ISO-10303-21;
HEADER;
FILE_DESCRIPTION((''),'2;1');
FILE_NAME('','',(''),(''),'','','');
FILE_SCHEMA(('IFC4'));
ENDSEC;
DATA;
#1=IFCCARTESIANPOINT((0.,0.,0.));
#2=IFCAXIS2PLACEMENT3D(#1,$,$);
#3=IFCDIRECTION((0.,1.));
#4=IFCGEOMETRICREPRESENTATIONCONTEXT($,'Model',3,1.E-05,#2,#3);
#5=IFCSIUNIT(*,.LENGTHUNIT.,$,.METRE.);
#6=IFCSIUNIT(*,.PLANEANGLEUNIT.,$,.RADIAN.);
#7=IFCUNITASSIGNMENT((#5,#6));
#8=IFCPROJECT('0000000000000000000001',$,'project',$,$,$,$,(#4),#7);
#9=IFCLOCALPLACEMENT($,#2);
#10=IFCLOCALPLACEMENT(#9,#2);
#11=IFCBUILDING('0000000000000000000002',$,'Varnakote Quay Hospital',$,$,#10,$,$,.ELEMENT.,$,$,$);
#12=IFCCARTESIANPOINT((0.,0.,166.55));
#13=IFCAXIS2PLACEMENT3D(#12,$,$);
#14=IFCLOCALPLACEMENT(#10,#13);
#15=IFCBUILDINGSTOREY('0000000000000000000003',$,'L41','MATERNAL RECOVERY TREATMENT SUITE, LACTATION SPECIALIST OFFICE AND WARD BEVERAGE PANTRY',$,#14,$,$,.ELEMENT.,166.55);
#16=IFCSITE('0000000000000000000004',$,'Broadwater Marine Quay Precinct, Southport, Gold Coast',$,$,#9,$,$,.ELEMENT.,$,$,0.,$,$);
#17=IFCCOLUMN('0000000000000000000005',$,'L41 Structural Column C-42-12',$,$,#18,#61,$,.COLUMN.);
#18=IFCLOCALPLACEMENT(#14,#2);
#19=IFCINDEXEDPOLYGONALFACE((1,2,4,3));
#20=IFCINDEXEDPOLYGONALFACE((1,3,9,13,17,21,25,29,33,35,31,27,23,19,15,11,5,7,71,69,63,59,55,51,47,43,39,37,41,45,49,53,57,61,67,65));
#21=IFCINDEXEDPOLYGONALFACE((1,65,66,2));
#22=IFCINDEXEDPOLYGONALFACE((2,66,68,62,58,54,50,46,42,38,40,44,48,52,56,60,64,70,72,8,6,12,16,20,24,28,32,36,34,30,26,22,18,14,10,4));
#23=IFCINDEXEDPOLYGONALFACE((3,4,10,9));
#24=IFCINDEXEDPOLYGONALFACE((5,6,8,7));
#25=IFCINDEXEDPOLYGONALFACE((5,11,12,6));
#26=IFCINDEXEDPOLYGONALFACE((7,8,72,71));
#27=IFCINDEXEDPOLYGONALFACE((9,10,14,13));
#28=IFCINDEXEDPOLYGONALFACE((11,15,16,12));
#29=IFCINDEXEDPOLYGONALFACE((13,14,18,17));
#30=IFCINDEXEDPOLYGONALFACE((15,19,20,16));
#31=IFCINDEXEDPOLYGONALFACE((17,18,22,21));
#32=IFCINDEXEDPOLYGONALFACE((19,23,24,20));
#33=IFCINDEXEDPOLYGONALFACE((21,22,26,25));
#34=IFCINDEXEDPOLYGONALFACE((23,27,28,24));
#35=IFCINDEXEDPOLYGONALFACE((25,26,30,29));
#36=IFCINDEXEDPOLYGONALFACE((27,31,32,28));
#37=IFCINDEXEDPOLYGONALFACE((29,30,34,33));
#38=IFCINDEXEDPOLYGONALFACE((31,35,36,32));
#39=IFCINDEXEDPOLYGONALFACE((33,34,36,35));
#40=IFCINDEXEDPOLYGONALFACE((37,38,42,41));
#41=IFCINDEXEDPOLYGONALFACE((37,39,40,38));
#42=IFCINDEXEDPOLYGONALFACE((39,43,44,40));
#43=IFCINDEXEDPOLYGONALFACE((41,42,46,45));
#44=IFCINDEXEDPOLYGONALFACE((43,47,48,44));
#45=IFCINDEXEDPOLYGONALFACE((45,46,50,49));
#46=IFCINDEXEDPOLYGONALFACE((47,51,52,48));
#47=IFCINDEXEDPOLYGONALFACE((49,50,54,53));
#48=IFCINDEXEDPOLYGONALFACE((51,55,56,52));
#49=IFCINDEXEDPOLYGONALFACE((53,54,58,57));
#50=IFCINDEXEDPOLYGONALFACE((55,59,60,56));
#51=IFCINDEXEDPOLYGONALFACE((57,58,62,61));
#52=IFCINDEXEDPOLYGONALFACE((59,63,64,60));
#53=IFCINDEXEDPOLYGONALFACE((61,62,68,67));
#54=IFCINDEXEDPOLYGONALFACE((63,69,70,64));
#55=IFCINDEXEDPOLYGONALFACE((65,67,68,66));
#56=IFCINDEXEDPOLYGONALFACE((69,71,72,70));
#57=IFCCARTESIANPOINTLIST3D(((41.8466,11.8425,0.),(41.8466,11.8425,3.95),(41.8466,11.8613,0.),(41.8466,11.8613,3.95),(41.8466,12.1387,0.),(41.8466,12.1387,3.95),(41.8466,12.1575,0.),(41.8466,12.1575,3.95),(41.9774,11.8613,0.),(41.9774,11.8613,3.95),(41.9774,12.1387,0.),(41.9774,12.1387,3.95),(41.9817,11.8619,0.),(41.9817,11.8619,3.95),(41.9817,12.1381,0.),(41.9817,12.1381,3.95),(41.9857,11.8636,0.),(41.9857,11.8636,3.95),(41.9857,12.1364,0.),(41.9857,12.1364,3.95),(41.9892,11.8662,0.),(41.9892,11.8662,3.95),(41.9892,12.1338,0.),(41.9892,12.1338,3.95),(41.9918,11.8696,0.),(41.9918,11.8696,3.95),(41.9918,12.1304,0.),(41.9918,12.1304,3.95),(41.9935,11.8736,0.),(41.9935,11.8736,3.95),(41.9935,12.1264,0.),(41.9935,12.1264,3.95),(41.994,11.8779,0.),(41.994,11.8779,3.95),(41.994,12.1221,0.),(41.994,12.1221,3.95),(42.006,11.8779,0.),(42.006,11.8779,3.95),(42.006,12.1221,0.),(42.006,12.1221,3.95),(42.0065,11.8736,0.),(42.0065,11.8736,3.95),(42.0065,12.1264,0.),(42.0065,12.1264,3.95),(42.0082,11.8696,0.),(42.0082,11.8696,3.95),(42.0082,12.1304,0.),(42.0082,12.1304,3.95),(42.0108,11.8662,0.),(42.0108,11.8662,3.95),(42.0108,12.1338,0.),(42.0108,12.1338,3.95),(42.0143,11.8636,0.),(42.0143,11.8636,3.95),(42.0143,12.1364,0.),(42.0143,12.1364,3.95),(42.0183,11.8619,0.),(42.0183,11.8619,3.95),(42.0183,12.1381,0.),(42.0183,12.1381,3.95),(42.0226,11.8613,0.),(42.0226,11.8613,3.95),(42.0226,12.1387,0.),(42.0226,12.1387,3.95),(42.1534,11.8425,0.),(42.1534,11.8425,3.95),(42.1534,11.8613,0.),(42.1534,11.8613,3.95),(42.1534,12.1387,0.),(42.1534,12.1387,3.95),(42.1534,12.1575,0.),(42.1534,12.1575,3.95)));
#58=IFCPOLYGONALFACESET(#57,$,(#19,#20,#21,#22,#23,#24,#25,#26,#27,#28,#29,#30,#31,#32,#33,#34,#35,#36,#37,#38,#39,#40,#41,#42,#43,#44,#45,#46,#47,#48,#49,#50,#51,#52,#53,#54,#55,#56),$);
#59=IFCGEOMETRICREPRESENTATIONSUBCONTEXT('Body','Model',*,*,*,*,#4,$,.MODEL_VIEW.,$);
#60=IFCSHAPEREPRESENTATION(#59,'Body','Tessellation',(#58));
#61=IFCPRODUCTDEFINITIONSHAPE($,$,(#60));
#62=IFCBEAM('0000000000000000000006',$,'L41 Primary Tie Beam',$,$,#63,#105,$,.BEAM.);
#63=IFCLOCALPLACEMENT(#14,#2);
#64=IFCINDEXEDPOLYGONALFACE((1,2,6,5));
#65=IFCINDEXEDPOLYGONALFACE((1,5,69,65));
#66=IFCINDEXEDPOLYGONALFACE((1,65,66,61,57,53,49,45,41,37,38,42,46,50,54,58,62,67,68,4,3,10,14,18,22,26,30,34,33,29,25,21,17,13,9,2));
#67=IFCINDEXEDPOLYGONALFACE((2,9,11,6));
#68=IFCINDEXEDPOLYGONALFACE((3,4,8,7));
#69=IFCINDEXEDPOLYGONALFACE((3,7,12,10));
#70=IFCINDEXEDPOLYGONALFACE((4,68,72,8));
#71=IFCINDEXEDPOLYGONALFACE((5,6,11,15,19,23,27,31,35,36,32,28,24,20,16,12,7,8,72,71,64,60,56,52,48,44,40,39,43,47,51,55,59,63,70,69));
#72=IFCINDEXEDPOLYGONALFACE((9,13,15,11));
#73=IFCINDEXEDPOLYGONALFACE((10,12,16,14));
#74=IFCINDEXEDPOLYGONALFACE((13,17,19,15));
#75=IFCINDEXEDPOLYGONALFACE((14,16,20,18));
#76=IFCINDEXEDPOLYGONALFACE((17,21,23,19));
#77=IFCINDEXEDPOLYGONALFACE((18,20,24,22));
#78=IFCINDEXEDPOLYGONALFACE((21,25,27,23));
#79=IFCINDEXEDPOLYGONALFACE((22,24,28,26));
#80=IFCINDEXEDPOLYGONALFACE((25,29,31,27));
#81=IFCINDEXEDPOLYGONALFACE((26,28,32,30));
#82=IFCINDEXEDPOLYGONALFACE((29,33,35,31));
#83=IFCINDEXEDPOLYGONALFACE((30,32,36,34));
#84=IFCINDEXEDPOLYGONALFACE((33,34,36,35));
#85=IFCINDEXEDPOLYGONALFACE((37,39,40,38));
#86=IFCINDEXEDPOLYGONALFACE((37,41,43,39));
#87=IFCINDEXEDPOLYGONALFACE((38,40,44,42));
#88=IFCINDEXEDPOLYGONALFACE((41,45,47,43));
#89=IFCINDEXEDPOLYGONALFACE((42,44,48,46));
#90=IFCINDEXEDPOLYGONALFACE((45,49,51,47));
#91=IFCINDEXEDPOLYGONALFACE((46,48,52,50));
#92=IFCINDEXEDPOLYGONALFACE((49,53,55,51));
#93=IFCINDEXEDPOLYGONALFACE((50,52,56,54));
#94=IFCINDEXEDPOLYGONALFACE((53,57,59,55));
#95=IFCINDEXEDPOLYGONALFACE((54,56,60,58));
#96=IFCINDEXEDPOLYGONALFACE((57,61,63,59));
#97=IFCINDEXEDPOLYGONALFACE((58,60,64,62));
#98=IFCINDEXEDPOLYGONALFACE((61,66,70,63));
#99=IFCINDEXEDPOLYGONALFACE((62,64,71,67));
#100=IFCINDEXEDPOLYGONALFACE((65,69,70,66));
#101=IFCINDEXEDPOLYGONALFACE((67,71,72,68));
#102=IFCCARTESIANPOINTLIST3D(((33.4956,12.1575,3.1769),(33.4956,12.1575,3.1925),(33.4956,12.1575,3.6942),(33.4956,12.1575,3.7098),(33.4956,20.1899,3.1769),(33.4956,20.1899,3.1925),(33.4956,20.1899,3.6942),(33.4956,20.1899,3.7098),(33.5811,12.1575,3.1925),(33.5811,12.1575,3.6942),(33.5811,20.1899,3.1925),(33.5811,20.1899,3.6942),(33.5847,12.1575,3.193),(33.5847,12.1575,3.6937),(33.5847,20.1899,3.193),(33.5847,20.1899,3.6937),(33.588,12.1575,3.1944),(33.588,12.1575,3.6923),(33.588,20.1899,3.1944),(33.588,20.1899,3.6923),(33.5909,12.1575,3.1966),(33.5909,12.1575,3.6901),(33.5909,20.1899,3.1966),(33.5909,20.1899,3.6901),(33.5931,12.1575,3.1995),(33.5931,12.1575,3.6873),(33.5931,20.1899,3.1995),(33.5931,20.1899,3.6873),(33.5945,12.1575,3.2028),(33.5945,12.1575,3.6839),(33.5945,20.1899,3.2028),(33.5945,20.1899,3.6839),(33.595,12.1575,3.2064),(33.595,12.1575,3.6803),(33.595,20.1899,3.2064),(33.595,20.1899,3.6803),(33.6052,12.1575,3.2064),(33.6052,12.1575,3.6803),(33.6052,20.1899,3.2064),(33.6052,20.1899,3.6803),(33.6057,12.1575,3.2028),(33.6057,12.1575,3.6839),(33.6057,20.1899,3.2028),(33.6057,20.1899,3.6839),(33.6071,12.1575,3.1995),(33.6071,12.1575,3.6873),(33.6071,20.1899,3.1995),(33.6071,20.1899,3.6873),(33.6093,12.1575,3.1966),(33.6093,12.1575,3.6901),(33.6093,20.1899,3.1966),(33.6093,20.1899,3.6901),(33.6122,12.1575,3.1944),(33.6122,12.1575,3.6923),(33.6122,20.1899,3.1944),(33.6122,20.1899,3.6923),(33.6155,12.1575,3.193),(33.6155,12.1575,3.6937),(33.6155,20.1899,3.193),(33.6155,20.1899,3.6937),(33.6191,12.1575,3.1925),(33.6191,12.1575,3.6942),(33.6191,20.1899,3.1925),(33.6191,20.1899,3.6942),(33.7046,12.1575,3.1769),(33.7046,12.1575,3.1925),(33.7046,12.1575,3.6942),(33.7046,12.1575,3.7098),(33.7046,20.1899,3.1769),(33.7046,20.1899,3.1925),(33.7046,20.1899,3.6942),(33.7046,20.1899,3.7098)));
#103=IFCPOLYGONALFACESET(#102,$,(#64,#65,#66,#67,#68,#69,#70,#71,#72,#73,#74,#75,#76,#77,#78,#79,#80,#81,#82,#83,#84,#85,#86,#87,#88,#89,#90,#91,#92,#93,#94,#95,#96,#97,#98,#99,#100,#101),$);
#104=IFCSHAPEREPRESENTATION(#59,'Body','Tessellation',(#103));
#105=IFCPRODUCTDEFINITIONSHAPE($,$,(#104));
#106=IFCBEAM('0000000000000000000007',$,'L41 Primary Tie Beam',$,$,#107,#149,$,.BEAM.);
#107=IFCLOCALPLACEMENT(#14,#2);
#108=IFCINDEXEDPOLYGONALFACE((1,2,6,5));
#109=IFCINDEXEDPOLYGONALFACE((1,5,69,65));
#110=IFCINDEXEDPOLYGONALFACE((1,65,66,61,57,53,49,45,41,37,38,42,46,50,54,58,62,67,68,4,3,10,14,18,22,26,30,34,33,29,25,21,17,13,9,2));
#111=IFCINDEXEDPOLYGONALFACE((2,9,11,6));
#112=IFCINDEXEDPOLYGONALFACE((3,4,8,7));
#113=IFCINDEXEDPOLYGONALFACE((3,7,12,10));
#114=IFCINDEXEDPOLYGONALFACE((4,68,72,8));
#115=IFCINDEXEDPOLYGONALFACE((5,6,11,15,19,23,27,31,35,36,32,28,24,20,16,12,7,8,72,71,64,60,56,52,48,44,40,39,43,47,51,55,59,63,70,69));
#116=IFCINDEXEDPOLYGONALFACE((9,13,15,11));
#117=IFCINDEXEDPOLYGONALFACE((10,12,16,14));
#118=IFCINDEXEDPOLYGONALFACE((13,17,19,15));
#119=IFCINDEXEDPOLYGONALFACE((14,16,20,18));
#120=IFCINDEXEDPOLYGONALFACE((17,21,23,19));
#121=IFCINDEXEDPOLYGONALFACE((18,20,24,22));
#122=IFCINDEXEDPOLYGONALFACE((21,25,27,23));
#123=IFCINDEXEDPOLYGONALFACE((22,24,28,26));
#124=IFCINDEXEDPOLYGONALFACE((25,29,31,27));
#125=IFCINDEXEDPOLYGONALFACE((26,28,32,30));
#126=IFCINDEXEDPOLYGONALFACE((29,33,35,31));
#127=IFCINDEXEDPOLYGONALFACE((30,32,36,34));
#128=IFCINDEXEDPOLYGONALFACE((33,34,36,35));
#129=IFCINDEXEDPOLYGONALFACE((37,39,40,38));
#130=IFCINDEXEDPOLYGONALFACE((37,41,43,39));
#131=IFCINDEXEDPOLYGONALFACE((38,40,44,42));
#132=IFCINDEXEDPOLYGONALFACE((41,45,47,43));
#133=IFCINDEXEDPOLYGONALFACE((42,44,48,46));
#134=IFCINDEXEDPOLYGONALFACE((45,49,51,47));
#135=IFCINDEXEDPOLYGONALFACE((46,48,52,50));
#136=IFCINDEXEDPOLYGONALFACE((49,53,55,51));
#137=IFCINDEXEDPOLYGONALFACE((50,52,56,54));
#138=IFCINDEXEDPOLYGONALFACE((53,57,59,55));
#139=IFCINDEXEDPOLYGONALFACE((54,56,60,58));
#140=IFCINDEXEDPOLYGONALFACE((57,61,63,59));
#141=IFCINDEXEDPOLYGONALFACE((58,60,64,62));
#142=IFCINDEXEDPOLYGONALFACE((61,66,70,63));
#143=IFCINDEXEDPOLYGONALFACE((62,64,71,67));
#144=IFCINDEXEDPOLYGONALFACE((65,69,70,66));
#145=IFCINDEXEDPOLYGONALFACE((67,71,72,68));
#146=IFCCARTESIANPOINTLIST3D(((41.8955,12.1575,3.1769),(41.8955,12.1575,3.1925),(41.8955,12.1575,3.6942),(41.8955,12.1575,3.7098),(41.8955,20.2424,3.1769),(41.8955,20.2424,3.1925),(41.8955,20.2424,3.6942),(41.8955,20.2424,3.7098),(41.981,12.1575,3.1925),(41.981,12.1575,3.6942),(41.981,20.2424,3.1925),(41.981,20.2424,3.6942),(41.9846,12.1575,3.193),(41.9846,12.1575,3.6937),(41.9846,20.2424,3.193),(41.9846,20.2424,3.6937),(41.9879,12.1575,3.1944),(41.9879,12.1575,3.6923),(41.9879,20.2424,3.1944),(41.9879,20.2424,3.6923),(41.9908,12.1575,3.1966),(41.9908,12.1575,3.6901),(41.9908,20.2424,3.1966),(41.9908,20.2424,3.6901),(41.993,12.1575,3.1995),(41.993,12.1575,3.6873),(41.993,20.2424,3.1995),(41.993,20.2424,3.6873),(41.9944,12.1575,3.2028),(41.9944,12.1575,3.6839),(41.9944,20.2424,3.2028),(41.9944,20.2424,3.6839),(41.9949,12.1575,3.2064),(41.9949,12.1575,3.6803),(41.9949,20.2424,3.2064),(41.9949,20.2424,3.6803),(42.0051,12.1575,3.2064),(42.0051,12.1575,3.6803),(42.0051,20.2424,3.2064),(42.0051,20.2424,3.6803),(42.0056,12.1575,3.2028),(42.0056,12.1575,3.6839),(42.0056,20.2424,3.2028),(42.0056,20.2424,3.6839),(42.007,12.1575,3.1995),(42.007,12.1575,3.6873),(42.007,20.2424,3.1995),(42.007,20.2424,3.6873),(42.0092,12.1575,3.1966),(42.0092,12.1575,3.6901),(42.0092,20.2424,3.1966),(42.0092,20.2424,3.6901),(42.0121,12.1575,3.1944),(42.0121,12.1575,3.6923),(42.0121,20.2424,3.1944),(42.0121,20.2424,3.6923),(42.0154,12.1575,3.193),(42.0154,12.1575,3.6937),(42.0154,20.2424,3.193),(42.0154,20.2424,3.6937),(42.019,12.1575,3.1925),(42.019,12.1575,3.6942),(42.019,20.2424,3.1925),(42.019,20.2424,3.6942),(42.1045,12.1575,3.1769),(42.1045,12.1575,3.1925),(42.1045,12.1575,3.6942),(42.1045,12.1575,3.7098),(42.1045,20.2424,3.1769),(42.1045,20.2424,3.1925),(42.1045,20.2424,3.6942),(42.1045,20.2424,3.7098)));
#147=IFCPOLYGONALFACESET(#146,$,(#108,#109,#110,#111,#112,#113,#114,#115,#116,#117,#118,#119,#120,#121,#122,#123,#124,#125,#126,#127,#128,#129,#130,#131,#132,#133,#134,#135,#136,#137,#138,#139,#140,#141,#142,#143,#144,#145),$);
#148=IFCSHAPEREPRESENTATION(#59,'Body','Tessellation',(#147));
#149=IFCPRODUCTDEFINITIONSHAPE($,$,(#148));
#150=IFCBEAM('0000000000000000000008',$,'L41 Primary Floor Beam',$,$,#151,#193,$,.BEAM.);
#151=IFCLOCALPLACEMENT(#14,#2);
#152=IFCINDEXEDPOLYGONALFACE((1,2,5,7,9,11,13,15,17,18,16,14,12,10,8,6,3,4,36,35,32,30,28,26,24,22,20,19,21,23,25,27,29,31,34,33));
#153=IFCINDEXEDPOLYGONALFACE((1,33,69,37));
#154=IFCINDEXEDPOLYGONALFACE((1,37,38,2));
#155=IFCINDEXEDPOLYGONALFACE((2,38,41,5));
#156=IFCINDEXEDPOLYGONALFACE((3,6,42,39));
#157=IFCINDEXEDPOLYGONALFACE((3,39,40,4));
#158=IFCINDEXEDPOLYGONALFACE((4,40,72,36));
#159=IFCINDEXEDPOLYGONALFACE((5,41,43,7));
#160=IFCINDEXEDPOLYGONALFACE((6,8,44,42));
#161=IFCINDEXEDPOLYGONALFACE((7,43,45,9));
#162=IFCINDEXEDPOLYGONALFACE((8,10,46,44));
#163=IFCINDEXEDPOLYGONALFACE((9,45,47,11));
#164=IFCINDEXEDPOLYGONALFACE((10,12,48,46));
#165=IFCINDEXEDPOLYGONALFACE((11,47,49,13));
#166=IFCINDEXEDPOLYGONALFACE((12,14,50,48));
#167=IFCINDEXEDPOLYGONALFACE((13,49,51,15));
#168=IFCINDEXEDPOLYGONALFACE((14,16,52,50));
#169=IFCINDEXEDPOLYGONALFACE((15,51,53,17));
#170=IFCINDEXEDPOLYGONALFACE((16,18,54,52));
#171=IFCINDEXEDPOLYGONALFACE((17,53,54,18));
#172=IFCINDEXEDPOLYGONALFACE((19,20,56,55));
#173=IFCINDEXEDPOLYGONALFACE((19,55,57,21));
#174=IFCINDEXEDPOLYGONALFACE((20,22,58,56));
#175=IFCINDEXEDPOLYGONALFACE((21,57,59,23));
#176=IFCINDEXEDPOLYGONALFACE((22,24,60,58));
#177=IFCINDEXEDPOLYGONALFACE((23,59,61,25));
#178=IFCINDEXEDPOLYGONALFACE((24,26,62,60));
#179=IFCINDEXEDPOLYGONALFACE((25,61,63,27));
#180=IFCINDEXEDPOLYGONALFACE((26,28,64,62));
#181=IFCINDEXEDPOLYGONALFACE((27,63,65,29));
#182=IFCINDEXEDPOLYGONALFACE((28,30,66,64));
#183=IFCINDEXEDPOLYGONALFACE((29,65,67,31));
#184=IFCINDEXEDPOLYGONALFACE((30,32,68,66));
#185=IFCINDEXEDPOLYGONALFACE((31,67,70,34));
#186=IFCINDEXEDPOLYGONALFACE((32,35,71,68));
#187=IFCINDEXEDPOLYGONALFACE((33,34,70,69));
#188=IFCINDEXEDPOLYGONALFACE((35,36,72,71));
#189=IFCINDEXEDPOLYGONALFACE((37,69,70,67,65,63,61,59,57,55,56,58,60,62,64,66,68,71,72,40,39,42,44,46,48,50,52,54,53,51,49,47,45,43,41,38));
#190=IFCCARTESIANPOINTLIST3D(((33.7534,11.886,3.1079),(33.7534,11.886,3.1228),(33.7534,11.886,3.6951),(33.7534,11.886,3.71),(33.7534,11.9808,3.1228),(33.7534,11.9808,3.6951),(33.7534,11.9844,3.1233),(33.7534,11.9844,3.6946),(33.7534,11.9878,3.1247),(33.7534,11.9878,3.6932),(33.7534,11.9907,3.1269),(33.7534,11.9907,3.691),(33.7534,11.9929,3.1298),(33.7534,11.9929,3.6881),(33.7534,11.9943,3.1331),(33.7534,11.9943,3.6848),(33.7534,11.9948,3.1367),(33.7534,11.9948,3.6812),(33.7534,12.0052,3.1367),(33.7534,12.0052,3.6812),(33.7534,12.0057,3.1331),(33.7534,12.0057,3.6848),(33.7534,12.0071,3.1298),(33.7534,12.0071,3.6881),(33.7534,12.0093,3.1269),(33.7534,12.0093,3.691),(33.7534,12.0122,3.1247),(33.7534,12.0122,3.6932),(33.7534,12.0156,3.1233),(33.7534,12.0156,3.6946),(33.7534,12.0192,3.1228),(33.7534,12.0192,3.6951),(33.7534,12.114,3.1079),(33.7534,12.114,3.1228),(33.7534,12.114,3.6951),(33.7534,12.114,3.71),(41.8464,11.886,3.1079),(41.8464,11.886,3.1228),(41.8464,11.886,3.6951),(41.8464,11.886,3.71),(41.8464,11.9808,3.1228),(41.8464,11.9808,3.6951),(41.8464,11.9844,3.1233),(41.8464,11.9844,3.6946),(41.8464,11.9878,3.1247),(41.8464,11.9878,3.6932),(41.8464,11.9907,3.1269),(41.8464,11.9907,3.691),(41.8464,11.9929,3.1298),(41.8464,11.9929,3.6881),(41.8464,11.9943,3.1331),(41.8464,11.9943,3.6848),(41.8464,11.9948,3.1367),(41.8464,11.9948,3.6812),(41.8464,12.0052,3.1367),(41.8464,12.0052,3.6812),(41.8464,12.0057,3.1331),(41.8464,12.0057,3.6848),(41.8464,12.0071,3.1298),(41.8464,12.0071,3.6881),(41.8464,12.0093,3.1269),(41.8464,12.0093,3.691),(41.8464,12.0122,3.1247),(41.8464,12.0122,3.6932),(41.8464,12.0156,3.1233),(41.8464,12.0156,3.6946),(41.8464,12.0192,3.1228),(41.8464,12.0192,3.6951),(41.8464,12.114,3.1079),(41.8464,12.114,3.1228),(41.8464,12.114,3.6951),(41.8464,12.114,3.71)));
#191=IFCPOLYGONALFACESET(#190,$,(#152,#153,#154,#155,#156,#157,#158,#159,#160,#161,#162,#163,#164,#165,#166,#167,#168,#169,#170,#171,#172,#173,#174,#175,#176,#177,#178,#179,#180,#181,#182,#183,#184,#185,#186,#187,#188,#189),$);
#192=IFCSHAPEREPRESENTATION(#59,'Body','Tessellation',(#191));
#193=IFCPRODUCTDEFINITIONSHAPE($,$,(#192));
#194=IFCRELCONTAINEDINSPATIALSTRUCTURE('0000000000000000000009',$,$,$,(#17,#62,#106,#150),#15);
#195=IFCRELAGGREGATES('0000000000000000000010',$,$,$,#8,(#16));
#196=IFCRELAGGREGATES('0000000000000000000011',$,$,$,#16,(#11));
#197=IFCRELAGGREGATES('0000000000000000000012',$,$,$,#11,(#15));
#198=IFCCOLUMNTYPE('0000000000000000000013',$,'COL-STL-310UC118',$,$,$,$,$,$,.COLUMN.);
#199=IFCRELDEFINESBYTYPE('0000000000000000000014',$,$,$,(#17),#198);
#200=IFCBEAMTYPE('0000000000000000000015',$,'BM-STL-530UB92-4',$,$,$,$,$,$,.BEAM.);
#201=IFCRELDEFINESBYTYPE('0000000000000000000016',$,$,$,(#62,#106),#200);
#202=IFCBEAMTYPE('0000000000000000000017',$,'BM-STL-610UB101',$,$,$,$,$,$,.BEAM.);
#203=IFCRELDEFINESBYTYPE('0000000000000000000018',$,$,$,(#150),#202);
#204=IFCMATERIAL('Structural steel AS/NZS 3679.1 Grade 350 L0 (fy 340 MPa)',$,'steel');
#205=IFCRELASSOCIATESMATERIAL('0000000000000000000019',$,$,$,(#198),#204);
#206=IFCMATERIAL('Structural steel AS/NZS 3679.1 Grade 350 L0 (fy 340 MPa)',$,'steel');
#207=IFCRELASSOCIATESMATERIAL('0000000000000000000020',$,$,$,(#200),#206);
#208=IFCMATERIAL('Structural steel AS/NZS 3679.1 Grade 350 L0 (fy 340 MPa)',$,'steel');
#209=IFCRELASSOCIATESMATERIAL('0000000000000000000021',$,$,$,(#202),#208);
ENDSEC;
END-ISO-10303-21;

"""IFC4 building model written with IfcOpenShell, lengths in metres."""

from ifc_helpers import new_model, si_unit, direction, frame, origin, origin_2d, place, context, subcontext, project, spatial, i_section, extrude, material, material_profile, profile_set, type_object, element, save


model = new_model("IFC4")

# Units and contexts
model_context = context("Model", 3, precision=1e-05, world=origin(), true_north=direction((0.0, 1.0)))
body_context = subcontext(model_context, "Body", "Model", "MODEL_VIEW")
ifc_project = project(units=[si_unit("LENGTHUNIT", "METRE"), si_unit("PLANEANGLEUNIT", "RADIAN")], contexts=[model_context])

# Site, building, storey
site_placement = place(None, origin())
site = spatial("IfcSite", under=ifc_project, at=site_placement, Name="Broadwater Marine Quay Precinct, Southport, Gold Coast", CompositionType="ELEMENT", RefElevation=0.0)
building_placement = place(site_placement, origin())
building = spatial("IfcBuilding", under=site, at=building_placement, Name="Varnakote Quay Hospital", CompositionType="ELEMENT")
storey_placement = place(building_placement, frame((0.0, 0.0, 166.55)))
storey = spatial("IfcBuildingStorey", under=building, at=storey_placement, Name="L41", Description="MATERNAL RECOVERY TREATMENT SUITE, LACTATION SPECIALIST OFFICE AND WARD BEVERAGE PANTRY", CompositionType="ELEMENT", Elevation=166.55)

# Column
ifc_material_1 = material(Name="Structural steel AS/NZS 3679.1 Grade 350 L0 (fy 340 MPa)", Category="steel")
ifc_material_profile_1 = material_profile(ifc_material_1, i_section(OverallWidth=0.3069, OverallDepth=0.3149, WebThickness=0.012, FlangeThickness=0.0188, FilletRadius=0.0166, at=origin_2d()), Name="310UC118")
ifc_profile_set_1 = profile_set([ifc_material_profile_1], Name="Structural steel AS/NZS 3679.1 Grade 350 L0 (fy 340 MPa)")
column_type = type_object("IfcColumnType", Name="COL-STL-310UC118", PredefinedType="COLUMN", material=ifc_profile_set_1)
column_placement = place(storey_placement, frame((42.0, 12.0, 0.0), z_axis=(0.0, 0.0, 1.0), x_axis=(1.0, 0.0, 0.0)))
element("IfcColumn", 1, at=column_placement, inside=storey, type_object=column_type, Name="L41 Structural Column C-42-12", PredefinedType="COLUMN", context=body_context, shape_type="SweptSolid", body=[
    extrude(i_section(OverallWidth=0.3069, OverallDepth=0.3149, WebThickness=0.012, FlangeThickness=0.0188, FilletRadius=0.0166, at=origin_2d()), origin(), (0.0, 0.0, 1.0), 3.95),
])

# Beams
ifc_material_2 = material(Name="Structural steel AS/NZS 3679.1 Grade 350 L0 (fy 340 MPa)", Category="steel")
ifc_material_profile_2 = material_profile(ifc_material_2, i_section(OverallWidth=0.209, OverallDepth=0.533, WebThickness=0.0103, FlangeThickness=0.0156, FilletRadius=0.0139, at=origin_2d()), Name="530UB92.4")
ifc_profile_set_2 = profile_set([ifc_material_profile_2], Name="Structural steel AS/NZS 3679.1 Grade 350 L0 (fy 340 MPa)")
beam_type_1 = type_object("IfcBeamType", Name="BM-STL-530UB92-4", PredefinedType="BEAM", material=ifc_profile_set_2)
beam_1_placement = place(storey_placement, frame((33.6001, 12.1575, 3.4434), z_axis=(0.0, 1.0, 0.0), x_axis=(-1.0, 0.0, 0.0)))
element("IfcBeam", 2, at=beam_1_placement, inside=storey, type_object=beam_type_1, Name="L41 Primary Tie Beam", PredefinedType="BEAM", context=body_context, shape_type="SweptSolid", body=[
    extrude(i_section(OverallWidth=0.209, OverallDepth=0.533, WebThickness=0.0103, FlangeThickness=0.0156, FilletRadius=0.0139, at=origin_2d()), origin(), (0.0, 0.0, 1.0), 8.0325),
])
beam_2_placement = place(storey_placement, frame((42.0, 12.1575, 3.4434), z_axis=(0.0, 1.0, 0.0), x_axis=(-1.0, 0.0, 0.0)))
element("IfcBeam", 3, at=beam_2_placement, inside=storey, type_object=beam_type_1, Name="L41 Primary Tie Beam", PredefinedType="BEAM", context=body_context, shape_type="SweptSolid", body=[
    extrude(i_section(OverallWidth=0.209, OverallDepth=0.533, WebThickness=0.0103, FlangeThickness=0.0156, FilletRadius=0.0139, at=origin_2d()), origin(), (0.0, 0.0, 1.0), 8.085),
])
ifc_material_3 = material(Name="Structural steel AS/NZS 3679.1 Grade 350 L0 (fy 340 MPa)", Category="steel")
ifc_material_profile_3 = material_profile(ifc_material_3, i_section(OverallWidth=0.228, OverallDepth=0.6021, WebThickness=0.0105, FlangeThickness=0.0149, FilletRadius=0.0139, at=origin_2d()), Name="610UB101")
ifc_profile_set_3 = profile_set([ifc_material_profile_3], Name="Structural steel AS/NZS 3679.1 Grade 350 L0 (fy 340 MPa)")
beam_type_2 = type_object("IfcBeamType", Name="BM-STL-610UB101", PredefinedType="BEAM", material=ifc_profile_set_3)
for number, where, z_axis, x_axis, name in (
    (4, (33.7534, 12.0, 3.4089), (1.0, 0.0, 0.0), (0.0, 1.0, 0.0), "L41 Primary Floor Beam"),
):
    element("IfcBeam", number, at=place(storey_placement, frame(where, z_axis=z_axis, x_axis=x_axis)), inside=storey, type_object=beam_type_2, Name=name, PredefinedType="BEAM", context=body_context, shape_type="SweptSolid", body=[
        extrude(i_section(OverallWidth=0.228, OverallDepth=0.6021, WebThickness=0.0105, FlangeThickness=0.0149, FilletRadius=0.0139, at=origin_2d()), origin(), (0.0, 0.0, 1.0), 8.093),
    ])

save(model, "model.ifc")
